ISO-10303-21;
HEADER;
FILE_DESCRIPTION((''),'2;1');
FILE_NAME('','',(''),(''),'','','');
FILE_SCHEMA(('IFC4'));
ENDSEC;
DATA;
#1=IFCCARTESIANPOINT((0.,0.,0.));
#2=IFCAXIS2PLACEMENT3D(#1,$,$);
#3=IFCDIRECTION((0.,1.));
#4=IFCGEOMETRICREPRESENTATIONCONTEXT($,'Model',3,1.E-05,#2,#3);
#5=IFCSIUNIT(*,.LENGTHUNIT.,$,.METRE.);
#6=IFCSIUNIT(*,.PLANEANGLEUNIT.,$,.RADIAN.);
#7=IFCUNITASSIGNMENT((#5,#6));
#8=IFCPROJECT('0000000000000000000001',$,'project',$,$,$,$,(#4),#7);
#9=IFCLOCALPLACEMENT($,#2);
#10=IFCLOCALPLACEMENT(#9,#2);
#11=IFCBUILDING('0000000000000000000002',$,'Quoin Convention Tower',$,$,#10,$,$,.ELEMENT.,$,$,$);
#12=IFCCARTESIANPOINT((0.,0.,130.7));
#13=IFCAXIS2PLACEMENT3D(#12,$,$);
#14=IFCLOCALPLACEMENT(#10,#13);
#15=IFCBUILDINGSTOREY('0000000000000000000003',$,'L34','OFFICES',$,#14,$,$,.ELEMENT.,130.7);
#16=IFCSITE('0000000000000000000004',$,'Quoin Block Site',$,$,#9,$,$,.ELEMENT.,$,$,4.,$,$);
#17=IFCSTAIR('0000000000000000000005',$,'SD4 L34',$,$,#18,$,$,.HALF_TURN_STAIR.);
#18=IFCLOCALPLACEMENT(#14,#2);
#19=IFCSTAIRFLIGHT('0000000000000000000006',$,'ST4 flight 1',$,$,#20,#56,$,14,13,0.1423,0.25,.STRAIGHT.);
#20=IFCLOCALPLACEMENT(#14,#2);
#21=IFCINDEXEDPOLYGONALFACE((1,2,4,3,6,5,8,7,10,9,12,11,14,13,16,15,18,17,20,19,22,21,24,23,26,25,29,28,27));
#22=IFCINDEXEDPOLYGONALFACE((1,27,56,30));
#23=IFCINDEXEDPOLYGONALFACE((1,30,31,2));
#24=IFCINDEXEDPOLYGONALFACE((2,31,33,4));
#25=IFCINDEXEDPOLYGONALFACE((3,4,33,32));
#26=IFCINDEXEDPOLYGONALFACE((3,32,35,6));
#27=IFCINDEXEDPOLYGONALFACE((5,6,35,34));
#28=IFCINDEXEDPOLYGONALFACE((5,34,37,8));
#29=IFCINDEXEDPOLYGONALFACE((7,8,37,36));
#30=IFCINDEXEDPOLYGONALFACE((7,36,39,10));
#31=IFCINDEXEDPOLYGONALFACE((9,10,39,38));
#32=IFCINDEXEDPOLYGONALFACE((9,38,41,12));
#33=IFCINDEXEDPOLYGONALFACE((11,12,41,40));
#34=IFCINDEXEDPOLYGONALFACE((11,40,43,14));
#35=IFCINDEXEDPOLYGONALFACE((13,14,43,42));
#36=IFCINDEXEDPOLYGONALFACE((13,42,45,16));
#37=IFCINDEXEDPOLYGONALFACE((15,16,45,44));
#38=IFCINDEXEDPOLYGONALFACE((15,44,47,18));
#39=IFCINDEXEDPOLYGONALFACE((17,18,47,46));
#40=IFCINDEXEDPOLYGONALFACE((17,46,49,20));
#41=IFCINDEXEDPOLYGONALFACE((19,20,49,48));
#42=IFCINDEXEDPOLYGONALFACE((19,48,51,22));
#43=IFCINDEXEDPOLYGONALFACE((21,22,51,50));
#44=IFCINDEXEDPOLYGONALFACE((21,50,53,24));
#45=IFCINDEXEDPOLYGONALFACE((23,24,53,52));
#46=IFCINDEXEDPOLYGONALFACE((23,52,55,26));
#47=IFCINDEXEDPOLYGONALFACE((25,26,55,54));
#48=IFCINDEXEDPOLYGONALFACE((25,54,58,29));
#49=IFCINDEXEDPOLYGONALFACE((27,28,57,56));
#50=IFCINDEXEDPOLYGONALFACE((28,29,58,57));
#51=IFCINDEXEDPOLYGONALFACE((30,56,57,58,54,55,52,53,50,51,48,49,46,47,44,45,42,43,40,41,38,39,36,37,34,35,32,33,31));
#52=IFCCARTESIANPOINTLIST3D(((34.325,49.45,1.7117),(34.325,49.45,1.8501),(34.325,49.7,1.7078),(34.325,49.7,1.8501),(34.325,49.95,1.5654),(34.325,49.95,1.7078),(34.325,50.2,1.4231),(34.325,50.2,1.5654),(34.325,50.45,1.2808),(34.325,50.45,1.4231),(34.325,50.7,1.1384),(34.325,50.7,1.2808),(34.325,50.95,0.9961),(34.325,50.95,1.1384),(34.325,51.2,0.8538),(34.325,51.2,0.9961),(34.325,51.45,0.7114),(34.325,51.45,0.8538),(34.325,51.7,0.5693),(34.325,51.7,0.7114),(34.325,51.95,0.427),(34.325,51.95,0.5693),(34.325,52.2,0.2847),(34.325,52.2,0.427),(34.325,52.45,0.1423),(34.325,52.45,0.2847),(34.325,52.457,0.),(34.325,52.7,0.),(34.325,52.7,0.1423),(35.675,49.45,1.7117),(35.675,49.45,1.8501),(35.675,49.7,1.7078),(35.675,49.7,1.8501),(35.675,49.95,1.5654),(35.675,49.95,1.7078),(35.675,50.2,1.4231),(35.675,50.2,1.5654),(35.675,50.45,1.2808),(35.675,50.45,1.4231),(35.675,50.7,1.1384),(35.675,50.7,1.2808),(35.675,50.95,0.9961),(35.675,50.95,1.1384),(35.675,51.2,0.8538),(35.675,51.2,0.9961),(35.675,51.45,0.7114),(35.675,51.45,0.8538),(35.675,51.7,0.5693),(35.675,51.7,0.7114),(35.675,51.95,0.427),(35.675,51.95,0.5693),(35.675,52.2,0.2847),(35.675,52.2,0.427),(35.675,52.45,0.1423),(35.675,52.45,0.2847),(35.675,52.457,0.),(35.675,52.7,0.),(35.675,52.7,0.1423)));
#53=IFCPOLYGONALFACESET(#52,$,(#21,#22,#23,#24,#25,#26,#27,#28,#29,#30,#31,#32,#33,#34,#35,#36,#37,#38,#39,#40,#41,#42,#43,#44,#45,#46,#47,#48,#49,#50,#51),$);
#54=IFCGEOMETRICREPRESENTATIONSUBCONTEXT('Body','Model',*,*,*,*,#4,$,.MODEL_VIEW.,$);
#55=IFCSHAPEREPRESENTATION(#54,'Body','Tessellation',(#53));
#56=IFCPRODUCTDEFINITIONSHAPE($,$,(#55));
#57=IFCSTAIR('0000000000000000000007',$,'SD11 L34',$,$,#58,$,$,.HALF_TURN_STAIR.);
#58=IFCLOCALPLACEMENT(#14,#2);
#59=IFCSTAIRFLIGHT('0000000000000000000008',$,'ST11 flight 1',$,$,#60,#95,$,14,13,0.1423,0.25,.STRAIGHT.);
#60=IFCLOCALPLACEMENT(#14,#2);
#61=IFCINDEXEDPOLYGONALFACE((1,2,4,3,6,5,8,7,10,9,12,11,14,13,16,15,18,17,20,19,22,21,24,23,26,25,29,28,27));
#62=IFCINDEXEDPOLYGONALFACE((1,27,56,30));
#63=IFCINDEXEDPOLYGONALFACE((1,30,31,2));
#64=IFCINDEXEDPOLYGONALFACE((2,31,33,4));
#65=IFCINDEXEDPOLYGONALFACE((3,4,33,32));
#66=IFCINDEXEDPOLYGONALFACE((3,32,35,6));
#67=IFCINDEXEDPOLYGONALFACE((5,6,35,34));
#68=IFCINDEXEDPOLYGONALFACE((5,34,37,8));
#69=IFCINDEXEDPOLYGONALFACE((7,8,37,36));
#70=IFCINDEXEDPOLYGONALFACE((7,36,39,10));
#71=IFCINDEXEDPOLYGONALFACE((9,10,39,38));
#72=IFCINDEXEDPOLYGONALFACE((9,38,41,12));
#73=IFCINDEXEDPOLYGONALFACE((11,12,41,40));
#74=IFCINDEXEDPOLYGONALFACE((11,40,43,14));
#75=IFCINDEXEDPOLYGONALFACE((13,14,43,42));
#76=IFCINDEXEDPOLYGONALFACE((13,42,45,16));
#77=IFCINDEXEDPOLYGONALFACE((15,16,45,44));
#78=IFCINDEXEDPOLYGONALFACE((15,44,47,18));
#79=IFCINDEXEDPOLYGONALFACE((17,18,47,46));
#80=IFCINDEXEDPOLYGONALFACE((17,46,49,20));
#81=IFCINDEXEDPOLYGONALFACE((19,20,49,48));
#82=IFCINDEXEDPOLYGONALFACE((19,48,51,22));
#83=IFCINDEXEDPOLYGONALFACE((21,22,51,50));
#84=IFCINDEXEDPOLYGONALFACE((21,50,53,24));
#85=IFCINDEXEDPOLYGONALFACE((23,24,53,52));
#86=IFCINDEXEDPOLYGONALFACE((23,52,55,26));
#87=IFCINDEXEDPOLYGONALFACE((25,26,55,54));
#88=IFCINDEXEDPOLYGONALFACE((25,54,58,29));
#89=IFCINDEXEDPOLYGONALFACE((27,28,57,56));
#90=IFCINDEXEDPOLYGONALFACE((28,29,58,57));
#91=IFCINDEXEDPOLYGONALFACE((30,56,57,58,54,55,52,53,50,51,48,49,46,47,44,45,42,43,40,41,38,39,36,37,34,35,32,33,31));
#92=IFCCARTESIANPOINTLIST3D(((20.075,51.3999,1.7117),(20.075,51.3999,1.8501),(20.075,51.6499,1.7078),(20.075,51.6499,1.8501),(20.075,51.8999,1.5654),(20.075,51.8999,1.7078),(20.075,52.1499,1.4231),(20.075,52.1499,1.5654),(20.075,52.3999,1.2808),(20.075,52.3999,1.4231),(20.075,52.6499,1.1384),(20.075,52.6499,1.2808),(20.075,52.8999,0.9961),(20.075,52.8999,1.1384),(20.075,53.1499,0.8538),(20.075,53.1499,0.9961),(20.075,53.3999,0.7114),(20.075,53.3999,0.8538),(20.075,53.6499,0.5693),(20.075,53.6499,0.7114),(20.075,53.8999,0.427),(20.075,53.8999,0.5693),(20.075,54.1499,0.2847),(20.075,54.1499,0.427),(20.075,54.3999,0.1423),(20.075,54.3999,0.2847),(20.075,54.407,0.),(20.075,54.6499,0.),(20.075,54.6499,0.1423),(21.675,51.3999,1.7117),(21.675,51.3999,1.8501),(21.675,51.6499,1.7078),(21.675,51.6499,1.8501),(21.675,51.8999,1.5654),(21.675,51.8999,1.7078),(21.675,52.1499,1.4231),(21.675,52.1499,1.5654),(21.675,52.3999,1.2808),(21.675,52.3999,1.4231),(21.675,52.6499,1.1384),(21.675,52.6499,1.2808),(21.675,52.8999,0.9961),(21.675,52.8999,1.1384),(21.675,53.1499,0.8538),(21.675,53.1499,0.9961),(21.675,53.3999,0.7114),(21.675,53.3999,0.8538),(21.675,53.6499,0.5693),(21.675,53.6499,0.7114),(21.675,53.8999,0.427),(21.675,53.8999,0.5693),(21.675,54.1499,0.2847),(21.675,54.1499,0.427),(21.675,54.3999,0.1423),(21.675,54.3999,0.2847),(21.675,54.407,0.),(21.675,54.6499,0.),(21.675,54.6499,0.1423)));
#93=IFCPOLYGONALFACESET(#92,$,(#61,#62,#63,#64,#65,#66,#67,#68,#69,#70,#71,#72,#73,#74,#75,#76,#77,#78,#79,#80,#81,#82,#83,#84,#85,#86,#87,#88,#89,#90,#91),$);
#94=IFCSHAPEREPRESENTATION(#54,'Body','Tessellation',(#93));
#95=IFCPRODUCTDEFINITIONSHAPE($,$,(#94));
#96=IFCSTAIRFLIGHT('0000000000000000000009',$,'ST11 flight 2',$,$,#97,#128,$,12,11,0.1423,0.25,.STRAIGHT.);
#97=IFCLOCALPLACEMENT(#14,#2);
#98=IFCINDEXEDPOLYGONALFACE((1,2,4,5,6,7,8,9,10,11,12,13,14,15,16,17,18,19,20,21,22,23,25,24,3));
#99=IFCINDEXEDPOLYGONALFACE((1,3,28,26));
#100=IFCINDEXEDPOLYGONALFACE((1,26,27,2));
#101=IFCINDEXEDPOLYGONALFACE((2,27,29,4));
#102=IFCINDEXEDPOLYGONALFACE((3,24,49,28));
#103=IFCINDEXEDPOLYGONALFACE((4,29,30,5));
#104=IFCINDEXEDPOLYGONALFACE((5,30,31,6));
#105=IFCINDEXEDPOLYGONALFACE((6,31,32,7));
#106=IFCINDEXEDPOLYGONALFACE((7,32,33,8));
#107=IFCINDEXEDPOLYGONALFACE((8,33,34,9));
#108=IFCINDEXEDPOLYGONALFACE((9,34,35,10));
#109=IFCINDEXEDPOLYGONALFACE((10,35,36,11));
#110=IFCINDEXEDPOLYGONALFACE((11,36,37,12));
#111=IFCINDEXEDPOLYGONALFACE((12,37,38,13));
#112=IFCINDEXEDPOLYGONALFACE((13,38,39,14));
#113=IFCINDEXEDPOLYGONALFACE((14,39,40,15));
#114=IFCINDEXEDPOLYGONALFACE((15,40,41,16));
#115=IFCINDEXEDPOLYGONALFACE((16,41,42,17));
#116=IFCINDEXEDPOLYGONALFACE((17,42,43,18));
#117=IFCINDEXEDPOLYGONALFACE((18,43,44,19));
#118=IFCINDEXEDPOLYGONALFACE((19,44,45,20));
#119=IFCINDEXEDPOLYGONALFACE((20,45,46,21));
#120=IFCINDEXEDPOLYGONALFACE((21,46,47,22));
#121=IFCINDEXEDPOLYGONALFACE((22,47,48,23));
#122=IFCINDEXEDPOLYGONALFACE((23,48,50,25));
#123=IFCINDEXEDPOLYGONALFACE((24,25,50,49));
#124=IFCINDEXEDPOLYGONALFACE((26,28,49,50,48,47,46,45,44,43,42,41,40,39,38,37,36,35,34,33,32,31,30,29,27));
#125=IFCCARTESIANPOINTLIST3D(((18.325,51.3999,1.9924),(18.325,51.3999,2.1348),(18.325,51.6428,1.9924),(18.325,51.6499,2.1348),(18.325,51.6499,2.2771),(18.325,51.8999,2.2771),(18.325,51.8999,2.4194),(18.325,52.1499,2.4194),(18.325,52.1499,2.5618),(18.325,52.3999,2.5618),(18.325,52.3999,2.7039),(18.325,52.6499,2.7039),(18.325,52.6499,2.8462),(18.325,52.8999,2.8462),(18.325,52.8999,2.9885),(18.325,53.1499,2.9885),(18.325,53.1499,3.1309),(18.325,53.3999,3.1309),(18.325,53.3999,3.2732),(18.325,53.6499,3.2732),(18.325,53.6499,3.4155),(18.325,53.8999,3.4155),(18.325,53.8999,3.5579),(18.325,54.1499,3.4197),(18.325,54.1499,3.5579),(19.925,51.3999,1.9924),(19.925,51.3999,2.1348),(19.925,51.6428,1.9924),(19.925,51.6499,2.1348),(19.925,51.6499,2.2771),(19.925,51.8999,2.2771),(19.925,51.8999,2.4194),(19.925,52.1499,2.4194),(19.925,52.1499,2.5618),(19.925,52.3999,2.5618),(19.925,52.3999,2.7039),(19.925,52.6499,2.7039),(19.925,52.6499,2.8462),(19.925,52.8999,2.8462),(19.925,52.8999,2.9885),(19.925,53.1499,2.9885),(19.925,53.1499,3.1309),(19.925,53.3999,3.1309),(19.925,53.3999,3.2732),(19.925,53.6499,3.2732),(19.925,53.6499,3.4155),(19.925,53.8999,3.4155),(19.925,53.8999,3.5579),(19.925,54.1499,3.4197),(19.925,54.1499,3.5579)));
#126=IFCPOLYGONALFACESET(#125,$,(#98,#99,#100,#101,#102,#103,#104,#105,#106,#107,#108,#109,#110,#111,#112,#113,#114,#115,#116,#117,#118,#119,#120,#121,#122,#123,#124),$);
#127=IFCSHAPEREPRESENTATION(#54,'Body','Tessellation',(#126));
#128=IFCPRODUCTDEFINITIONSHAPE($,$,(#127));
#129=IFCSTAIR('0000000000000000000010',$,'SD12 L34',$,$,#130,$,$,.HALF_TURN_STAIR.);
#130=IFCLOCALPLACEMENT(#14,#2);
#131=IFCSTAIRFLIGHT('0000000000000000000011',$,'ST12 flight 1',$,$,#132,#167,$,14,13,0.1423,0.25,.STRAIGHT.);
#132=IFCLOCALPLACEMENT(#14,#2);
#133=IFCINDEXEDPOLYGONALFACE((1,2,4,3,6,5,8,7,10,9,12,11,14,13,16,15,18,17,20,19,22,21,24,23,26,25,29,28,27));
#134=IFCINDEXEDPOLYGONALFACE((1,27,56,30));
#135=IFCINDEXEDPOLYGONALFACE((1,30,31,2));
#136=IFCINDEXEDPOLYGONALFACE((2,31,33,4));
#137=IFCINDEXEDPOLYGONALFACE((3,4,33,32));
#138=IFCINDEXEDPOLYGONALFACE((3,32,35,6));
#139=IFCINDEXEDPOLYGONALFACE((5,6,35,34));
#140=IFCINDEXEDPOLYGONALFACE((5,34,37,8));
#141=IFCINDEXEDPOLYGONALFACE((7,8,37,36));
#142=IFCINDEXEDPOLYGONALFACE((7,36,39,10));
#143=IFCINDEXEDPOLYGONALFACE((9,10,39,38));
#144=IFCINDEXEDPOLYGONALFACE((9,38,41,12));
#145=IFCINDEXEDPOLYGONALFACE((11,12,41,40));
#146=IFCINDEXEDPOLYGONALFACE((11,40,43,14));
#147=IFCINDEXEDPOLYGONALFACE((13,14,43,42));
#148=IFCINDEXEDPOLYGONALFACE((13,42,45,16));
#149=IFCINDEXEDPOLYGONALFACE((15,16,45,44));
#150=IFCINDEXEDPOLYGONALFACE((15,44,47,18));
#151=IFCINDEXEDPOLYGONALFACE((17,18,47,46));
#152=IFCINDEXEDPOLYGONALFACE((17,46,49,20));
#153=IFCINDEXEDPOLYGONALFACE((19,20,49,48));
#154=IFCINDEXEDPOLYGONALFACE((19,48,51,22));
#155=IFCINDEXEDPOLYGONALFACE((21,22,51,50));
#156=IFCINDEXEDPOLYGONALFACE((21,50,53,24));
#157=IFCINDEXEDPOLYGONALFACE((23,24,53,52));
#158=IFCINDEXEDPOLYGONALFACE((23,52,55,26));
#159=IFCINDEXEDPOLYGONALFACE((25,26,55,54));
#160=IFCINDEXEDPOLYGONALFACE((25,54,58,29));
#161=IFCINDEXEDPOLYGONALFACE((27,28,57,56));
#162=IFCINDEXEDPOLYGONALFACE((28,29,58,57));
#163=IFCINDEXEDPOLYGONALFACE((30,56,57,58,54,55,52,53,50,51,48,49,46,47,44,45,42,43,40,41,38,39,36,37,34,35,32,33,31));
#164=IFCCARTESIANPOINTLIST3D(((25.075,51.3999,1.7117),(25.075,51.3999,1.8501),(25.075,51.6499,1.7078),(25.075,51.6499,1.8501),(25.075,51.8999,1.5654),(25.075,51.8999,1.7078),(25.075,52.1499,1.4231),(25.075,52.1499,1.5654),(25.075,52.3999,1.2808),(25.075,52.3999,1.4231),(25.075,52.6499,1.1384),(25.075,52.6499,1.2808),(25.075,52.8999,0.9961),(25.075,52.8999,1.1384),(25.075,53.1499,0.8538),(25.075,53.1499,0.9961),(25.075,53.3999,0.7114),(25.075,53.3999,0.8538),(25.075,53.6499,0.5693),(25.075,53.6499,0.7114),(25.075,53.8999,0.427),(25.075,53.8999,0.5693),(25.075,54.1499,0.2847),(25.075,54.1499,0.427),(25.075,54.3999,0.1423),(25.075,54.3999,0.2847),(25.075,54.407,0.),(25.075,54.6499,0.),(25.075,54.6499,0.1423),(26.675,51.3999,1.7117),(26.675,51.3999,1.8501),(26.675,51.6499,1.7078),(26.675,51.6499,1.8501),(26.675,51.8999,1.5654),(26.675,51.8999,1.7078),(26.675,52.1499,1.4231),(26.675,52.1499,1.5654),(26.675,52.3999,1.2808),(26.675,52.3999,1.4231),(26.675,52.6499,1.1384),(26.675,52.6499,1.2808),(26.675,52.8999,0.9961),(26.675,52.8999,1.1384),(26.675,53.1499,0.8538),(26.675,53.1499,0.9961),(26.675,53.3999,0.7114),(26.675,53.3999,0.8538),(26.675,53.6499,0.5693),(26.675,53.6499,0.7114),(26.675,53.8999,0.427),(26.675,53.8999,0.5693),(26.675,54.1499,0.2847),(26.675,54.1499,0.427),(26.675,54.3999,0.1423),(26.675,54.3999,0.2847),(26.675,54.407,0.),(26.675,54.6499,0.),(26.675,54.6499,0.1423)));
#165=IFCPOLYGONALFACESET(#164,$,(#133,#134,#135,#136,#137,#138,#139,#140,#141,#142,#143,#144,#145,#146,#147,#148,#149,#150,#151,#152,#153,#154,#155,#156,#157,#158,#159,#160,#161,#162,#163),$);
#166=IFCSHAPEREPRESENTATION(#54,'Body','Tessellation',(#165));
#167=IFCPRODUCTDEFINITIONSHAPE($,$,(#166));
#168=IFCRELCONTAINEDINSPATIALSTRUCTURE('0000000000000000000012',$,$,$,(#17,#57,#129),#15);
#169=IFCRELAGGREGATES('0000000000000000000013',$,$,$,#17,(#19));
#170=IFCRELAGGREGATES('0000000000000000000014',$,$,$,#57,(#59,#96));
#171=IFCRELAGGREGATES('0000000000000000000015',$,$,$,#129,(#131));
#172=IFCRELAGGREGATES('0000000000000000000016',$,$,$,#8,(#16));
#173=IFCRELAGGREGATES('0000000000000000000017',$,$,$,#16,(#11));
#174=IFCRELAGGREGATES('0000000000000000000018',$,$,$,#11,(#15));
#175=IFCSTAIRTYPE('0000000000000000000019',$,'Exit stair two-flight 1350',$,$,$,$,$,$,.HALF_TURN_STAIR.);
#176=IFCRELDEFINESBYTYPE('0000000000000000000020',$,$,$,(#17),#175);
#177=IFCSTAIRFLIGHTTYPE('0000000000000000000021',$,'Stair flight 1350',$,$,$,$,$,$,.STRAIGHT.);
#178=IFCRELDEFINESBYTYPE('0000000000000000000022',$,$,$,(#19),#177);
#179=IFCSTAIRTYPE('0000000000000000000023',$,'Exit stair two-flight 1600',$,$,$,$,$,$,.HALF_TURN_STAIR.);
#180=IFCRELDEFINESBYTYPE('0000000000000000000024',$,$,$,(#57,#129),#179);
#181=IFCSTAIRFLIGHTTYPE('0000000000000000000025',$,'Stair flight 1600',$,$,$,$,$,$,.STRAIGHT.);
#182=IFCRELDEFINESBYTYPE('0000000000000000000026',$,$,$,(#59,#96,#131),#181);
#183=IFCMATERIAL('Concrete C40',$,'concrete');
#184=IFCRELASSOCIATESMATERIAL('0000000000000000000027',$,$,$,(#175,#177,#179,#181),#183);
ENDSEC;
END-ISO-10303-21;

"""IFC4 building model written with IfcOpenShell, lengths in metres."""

from ifc_helpers import new_model, si_unit, direction, frame, origin, place, context, subcontext, project, spatial, polyline, outline, extrude, material, type_object, element, aggregate, save


model = new_model("IFC4")

# Units and contexts
model_context = context("Model", 3, precision=1e-05, world=origin(), true_north=direction((0.0, 1.0)))
body_context = subcontext(model_context, "Body", "Model", "MODEL_VIEW")
ifc_project = project(units=[si_unit("LENGTHUNIT", "METRE"), si_unit("PLANEANGLEUNIT", "RADIAN")], contexts=[model_context])

# Site, building, storey
site_placement = place(None, origin())
site = spatial("IfcSite", under=ifc_project, at=site_placement, Name="Quoin Block Site", CompositionType="ELEMENT", RefElevation=4.0)
building_placement = place(site_placement, origin())
building = spatial("IfcBuilding", under=site, at=building_placement, Name="Quoin Convention Tower", CompositionType="ELEMENT")
storey_placement = place(building_placement, frame((0.0, 0.0, 130.7)))
storey = spatial("IfcBuildingStorey", under=building, at=storey_placement, Name="L34", Description="OFFICES", CompositionType="ELEMENT", Elevation=130.7)

# Stair, stair flight
ifc_material_1 = material(Name="Concrete C40", Category="concrete")
stair_type_1 = type_object("IfcStairType", Name="Exit stair two-flight 1350", PredefinedType="HALF_TURN_STAIR", material=ifc_material_1)
stair_1_placement = place(storey_placement, origin())
stair_1 = element("IfcStair", 1, at=stair_1_placement, inside=storey, type_object=stair_type_1, Name="SD4 L34", PredefinedType="HALF_TURN_STAIR")
stair_flight_type_1 = type_object("IfcStairFlightType", Name="Stair flight 1350", PredefinedType="STRAIGHT", material=ifc_material_1)
stair_flight_1_placement = place(storey_placement, frame((35.0, 52.7, 0.0), z_axis=(0.0, 0.0, 1.0), x_axis=(0.0, -1.0, 0.0)))
stair_flight_1 = element("IfcStairFlight", 2, at=stair_flight_1_placement, type_object=stair_flight_type_1, Name="ST4 flight 1", NumberOfRisers=14, NumberOfTreads=13, PredefinedType="STRAIGHT", RiserHeight=0.1423, TreadLength=0.25, context=body_context, shape_type="SweptSolid", body=[
    extrude(outline(polyline([(0.0, 0.0), (0.0, 0.1423), (0.25, 0.1423), (0.25, 0.2847), (0.5, 0.2847), (0.5, 0.427), (0.75, 0.427), (0.75, 0.5693), (1.0, 0.5693), (1.0, 0.7114), (1.25, 0.7114), (1.25, 0.8538), (1.5, 0.8538), (1.5, 0.9961), (1.75, 0.9961), (1.75, 1.1384), (2.0, 1.1384), (2.0, 1.2808), (2.25, 1.2808), (2.25, 1.4231), (2.5, 1.4231), (2.5, 1.5654), (2.75, 1.5654), (2.75, 1.7078), (3.0, 1.7078), (3.0, 1.8501), (3.25, 1.8501), (3.25, 1.9922), (3.25, 1.7117), (0.2429, 0.0), (0.0, 0.0)])), frame((0.0, 0.675, 0.0), z_axis=(0.0, -1.0, 0.0), x_axis=(1.0, 0.0, 0.0)), (0.0, 0.0, 1.0), 1.3501),
])
aggregate(stair_1, [stair_flight_1])

# Stairs, stair flights
stair_type_2 = type_object("IfcStairType", Name="Exit stair two-flight 1600", PredefinedType="HALF_TURN_STAIR", material=ifc_material_1)
stair_2_placement = place(storey_placement, origin())
stair_2 = element("IfcStair", 3, at=stair_2_placement, inside=storey, type_object=stair_type_2, Name="SD11 L34", PredefinedType="HALF_TURN_STAIR")
stair_flight_type_2 = type_object("IfcStairFlightType", Name="Stair flight 1600", PredefinedType="STRAIGHT", material=ifc_material_1)
stair_flight_2_placement = place(storey_placement, frame((20.875, 54.6499, 0.0), z_axis=(0.0, 0.0, 1.0), x_axis=(0.0, -1.0, 0.0)))
stair_flight_2 = element("IfcStairFlight", 4, at=stair_flight_2_placement, type_object=stair_flight_type_2, Name="ST11 flight 1", NumberOfRisers=14, NumberOfTreads=13, PredefinedType="STRAIGHT", RiserHeight=0.1423, TreadLength=0.25, context=body_context, shape_type="SweptSolid", body=[
    extrude(outline(polyline([(0.0, 0.0), (0.0, 0.1423), (0.25, 0.1423), (0.25, 0.2847), (0.5, 0.2847), (0.5, 0.427), (0.75, 0.427), (0.75, 0.5693), (1.0, 0.5693), (1.0, 0.7114), (1.25, 0.7114), (1.25, 0.8538), (1.5, 0.8538), (1.5, 0.9961), (1.75, 0.9961), (1.75, 1.1384), (2.0, 1.1384), (2.0, 1.2808), (2.25, 1.2808), (2.25, 1.4231), (2.5, 1.4231), (2.5, 1.5654), (2.75, 1.5654), (2.75, 1.7078), (3.0, 1.7078), (3.0, 1.8501), (3.25, 1.8501), (3.25, 1.9922), (3.25, 1.7117), (0.2429, 0.0), (0.0, 0.0)])), frame((0.0, 0.8, 0.0), z_axis=(0.0, -1.0, 0.0), x_axis=(1.0, 0.0, 0.0)), (0.0, 0.0, 1.0), 1.6001),
])
stair_flight_3_placement = place(storey_placement, frame((19.125, 51.3999, 1.9924), z_axis=(0.0, 0.0, 1.0), x_axis=(0.0, 1.0, 0.0)))
stair_flight_3 = element("IfcStairFlight", 5, at=stair_flight_3_placement, type_object=stair_flight_type_2, Name="ST11 flight 2", NumberOfRisers=12, NumberOfTreads=11, PredefinedType="STRAIGHT", RiserHeight=0.1423, TreadLength=0.25, context=body_context, shape_type="SweptSolid", body=[
    extrude(outline(polyline([(0.0, 0.0), (0.0, 0.1423), (0.25, 0.1423), (0.25, 0.2847), (0.5, 0.2847), (0.5, 0.427), (0.75, 0.427), (0.75, 0.5693), (1.0, 0.5693), (1.0, 0.7114), (1.25, 0.7114), (1.25, 0.8538), (1.5, 0.8538), (1.5, 0.9961), (1.75, 0.9961), (1.75, 1.1384), (2.0, 1.1384), (2.0, 1.2808), (2.25, 1.2808), (2.25, 1.4231), (2.5, 1.4231), (2.5, 1.5654), (2.75, 1.5654), (2.75, 1.7078), (2.75, 1.4272), (0.2429, 0.0), (0.0, 0.0)])), frame((0.0, 0.8, 0.0), z_axis=(0.0, -1.0, 0.0), x_axis=(1.0, 0.0, 0.0)), (0.0, 0.0, 1.0), 1.6001),
])
aggregate(stair_2, [stair_flight_2, stair_flight_3])
stair_3_placement = place(storey_placement, origin())
stair_3 = element("IfcStair", 6, at=stair_3_placement, inside=storey, type_object=stair_type_2, Name="SD12 L34", PredefinedType="HALF_TURN_STAIR")
stair_flight_4_placement = place(storey_placement, frame((25.875, 54.6499, 0.0), z_axis=(0.0, 0.0, 1.0), x_axis=(0.0, -1.0, 0.0)))
stair_flight_4 = element("IfcStairFlight", 7, at=stair_flight_4_placement, type_object=stair_flight_type_2, Name="ST12 flight 1", NumberOfRisers=14, NumberOfTreads=13, PredefinedType="STRAIGHT", RiserHeight=0.1423, TreadLength=0.25, context=body_context, shape_type="SweptSolid", body=[
    extrude(outline(polyline([(0.0, 0.0), (0.0, 0.1423), (0.25, 0.1423), (0.25, 0.2847), (0.5, 0.2847), (0.5, 0.427), (0.75, 0.427), (0.75, 0.5693), (1.0, 0.5693), (1.0, 0.7114), (1.25, 0.7114), (1.25, 0.8538), (1.5, 0.8538), (1.5, 0.9961), (1.75, 0.9961), (1.75, 1.1384), (2.0, 1.1384), (2.0, 1.2808), (2.25, 1.2808), (2.25, 1.4231), (2.5, 1.4231), (2.5, 1.5654), (2.75, 1.5654), (2.75, 1.7078), (3.0, 1.7078), (3.0, 1.8501), (3.25, 1.8501), (3.25, 1.9922), (3.25, 1.7117), (0.2429, 0.0), (0.0, 0.0)])), frame((0.0, 0.8, 0.0), z_axis=(0.0, -1.0, 0.0), x_axis=(1.0, 0.0, 0.0)), (0.0, 0.0, 1.0), 1.6001),
])
aggregate(stair_3, [stair_flight_4])

save(model, "model.ifc")
